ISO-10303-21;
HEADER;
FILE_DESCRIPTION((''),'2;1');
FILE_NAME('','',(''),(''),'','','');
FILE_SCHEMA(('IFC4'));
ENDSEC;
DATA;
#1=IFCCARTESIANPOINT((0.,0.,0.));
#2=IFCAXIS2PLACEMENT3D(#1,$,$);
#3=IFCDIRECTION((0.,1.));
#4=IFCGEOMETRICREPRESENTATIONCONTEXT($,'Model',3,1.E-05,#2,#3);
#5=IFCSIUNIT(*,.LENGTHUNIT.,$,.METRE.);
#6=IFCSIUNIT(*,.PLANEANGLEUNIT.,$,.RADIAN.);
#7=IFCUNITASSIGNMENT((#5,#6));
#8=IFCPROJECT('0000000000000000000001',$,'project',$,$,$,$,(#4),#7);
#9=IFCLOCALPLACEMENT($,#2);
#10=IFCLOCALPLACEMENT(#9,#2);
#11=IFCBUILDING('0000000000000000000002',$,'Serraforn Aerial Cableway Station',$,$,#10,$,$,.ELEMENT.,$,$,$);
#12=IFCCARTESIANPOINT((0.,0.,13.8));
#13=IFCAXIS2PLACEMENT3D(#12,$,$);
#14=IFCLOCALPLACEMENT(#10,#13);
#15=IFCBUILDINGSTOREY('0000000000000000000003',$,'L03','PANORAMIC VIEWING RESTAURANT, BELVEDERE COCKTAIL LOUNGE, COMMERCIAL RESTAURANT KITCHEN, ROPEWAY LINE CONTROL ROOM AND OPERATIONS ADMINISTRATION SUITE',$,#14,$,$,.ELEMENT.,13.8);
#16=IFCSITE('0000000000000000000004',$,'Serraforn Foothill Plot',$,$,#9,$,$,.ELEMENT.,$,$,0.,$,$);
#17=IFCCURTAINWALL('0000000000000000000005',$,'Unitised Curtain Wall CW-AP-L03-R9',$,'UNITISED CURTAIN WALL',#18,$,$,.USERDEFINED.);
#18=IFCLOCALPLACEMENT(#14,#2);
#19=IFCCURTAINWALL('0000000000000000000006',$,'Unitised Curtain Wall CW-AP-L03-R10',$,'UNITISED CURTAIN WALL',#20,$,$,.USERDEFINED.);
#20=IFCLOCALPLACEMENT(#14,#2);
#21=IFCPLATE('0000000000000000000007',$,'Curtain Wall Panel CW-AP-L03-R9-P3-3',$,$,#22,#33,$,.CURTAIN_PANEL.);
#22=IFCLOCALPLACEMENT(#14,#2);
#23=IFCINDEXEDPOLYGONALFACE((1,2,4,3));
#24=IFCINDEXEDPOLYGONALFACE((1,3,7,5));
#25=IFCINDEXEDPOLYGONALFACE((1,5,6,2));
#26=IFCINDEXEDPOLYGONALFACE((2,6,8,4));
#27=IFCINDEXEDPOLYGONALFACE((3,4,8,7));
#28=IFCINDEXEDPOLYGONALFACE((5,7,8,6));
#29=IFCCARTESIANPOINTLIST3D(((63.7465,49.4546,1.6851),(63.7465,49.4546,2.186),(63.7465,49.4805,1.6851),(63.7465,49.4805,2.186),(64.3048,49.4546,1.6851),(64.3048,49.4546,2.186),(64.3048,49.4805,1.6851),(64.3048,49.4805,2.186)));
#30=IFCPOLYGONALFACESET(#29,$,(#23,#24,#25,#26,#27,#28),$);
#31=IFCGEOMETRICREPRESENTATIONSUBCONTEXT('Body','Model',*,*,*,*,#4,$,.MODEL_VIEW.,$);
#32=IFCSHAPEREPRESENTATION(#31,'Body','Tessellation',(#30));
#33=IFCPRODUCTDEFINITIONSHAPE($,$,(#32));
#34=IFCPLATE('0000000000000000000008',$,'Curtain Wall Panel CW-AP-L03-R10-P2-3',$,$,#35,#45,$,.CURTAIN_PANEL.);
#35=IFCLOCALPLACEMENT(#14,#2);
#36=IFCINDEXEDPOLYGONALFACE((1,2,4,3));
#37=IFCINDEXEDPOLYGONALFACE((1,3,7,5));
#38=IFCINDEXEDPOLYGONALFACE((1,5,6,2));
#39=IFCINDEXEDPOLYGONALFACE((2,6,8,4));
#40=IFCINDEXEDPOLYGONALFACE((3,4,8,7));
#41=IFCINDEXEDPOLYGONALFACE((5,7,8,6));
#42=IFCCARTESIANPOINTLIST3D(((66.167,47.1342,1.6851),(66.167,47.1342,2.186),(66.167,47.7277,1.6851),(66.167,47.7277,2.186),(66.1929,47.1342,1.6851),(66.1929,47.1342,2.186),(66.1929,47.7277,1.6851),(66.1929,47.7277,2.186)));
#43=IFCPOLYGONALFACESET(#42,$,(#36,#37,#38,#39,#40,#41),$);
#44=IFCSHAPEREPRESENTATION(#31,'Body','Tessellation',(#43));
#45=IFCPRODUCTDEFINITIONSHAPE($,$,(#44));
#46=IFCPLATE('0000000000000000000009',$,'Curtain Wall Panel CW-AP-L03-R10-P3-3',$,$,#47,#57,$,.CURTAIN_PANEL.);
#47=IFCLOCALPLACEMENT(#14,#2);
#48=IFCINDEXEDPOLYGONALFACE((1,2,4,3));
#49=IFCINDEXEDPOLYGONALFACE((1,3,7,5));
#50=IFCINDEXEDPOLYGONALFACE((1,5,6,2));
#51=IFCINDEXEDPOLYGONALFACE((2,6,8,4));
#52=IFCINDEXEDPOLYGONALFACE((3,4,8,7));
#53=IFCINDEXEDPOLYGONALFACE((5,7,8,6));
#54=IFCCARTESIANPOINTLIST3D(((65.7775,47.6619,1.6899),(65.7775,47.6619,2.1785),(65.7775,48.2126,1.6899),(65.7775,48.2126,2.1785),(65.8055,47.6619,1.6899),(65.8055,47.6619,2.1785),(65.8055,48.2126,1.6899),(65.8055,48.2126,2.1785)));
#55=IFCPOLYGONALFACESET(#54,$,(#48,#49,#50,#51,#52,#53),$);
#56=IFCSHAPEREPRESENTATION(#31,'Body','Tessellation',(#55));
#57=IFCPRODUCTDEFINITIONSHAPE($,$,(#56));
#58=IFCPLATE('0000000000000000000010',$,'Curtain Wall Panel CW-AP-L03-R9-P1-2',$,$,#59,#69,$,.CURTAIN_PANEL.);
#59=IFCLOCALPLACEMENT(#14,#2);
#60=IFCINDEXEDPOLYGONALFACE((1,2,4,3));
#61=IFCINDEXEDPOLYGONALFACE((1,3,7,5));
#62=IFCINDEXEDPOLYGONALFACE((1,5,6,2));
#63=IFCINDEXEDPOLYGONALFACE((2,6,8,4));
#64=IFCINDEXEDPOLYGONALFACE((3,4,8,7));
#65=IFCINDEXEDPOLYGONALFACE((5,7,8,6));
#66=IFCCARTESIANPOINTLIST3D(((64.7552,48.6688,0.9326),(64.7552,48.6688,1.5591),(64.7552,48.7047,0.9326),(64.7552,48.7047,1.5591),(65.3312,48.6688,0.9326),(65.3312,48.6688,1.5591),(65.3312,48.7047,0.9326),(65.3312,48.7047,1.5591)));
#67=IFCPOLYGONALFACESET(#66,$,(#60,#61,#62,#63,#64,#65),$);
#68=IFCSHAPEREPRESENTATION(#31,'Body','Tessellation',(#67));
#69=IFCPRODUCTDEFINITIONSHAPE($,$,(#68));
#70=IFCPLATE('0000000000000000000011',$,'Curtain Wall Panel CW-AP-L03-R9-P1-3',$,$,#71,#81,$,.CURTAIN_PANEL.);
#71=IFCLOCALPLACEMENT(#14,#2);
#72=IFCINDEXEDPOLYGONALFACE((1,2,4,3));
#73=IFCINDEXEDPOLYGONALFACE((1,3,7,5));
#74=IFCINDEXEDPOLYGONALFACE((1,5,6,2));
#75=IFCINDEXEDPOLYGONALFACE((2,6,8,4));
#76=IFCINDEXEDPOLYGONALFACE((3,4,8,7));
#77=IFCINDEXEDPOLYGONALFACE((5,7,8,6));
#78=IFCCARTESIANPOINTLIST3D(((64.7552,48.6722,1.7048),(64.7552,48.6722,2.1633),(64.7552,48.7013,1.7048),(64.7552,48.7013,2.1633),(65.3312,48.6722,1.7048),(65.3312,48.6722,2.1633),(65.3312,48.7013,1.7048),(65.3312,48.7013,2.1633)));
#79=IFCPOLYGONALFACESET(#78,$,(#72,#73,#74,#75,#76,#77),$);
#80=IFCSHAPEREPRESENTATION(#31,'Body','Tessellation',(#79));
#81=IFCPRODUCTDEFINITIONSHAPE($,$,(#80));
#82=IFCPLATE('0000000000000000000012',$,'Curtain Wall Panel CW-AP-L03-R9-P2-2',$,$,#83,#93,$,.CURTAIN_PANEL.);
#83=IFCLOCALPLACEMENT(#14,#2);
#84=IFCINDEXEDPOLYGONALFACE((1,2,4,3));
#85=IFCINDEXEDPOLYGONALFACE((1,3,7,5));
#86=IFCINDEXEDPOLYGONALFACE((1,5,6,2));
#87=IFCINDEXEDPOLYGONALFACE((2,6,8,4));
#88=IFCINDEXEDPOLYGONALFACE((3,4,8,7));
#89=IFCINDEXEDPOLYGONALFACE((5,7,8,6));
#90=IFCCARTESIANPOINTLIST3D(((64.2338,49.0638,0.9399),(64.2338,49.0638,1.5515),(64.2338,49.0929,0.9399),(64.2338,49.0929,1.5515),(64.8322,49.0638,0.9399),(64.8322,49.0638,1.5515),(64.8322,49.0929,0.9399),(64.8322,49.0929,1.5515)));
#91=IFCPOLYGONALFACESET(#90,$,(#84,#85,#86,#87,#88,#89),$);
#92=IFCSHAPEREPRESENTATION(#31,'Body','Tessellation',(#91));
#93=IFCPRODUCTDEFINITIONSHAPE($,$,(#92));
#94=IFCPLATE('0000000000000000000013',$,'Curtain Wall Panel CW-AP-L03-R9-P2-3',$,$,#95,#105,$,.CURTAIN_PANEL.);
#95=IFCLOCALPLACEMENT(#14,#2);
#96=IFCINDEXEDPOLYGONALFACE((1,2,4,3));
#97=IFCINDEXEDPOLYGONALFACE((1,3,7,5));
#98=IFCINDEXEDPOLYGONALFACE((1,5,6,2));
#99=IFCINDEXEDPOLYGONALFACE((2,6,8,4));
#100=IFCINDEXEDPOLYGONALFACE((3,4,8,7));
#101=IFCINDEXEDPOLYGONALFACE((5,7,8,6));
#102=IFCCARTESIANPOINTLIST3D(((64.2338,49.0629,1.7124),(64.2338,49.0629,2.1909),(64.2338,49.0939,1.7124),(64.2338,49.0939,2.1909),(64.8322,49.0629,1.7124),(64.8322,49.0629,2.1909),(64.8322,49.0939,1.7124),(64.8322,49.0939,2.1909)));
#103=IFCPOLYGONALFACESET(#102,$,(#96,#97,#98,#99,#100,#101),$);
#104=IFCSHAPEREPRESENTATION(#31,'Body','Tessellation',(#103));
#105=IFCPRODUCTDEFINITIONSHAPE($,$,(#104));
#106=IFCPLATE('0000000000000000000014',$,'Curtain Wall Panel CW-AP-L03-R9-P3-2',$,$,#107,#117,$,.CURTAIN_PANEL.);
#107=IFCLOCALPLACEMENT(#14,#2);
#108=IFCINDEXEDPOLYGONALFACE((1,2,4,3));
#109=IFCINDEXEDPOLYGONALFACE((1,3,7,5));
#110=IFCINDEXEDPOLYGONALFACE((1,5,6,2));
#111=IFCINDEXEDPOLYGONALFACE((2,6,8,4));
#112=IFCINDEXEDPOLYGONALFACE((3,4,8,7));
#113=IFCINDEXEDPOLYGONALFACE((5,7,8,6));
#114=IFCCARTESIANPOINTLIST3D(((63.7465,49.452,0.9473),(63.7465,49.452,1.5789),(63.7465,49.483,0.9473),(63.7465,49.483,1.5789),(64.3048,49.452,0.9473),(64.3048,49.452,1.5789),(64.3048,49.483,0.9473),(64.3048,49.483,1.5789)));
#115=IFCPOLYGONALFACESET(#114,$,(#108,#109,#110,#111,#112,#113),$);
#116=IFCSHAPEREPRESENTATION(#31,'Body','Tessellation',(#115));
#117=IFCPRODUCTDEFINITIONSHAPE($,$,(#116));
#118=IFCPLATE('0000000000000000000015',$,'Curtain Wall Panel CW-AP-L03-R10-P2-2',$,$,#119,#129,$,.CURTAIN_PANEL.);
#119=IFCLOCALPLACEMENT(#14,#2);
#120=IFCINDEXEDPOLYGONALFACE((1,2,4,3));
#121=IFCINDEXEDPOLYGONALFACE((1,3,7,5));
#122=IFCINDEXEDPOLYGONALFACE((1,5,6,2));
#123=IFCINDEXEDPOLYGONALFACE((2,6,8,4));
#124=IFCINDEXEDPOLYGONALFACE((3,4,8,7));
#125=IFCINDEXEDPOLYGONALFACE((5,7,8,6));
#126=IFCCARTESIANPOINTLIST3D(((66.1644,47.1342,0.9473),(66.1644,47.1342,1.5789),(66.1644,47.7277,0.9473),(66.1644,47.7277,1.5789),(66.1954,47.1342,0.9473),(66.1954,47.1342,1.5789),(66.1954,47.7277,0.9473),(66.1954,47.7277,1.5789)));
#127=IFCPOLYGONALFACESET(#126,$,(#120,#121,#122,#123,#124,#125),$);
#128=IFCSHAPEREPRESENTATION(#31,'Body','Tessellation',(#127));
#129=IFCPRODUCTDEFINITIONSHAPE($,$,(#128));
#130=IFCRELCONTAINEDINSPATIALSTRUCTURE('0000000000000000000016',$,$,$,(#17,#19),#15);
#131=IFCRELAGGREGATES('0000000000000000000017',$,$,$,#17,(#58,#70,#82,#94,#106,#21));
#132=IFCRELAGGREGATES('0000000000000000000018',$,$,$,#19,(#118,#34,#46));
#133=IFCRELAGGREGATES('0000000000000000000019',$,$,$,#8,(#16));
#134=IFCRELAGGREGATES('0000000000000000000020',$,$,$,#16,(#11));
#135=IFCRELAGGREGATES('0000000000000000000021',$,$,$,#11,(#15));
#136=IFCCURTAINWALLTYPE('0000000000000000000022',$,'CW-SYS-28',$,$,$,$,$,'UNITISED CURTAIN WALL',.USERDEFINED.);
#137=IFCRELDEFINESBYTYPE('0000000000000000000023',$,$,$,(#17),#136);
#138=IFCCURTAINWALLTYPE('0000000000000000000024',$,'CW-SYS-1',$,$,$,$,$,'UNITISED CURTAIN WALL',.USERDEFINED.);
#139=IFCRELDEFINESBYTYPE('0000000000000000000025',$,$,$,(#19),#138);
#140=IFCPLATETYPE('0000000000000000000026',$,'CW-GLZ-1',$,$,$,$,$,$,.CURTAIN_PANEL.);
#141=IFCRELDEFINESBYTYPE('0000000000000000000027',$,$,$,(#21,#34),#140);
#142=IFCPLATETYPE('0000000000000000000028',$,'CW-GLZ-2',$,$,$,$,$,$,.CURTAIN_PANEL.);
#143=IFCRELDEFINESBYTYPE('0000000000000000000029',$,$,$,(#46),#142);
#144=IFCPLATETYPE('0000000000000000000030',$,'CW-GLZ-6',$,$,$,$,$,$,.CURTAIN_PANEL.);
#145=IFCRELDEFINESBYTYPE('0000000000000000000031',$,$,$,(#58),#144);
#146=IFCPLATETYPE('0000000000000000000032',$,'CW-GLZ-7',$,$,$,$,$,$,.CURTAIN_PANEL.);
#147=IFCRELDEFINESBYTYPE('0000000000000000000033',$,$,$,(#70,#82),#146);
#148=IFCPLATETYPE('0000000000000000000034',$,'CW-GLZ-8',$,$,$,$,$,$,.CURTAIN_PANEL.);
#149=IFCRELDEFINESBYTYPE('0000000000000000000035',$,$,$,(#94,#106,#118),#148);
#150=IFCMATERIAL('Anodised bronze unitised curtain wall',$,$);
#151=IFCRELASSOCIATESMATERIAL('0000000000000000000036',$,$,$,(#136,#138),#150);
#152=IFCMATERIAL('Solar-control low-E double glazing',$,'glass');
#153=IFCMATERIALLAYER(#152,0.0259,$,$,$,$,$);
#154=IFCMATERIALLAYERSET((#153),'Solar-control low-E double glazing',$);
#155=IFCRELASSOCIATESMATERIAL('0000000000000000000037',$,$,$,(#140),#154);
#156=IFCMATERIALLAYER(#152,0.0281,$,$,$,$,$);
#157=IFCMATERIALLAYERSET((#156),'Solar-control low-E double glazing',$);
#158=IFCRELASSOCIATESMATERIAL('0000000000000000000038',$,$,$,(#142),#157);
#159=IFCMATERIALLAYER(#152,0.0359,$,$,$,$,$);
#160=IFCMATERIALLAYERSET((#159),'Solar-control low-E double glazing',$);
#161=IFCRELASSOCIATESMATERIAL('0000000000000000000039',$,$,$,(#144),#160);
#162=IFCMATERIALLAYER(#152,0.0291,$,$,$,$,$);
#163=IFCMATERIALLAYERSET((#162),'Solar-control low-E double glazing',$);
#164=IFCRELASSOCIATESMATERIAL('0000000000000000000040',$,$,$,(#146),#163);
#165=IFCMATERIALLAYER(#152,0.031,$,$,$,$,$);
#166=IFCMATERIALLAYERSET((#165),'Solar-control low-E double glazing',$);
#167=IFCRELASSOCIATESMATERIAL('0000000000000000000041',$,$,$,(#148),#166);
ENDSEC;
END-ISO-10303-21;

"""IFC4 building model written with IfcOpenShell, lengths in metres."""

from ifc_helpers import new_model, si_unit, direction, frame, origin, origin_2d, place, context, subcontext, project, spatial, rectangle, extrude, material, layer, layer_set, type_object, element, aggregate, save


model = new_model("IFC4")

# Units and contexts
model_context = context("Model", 3, precision=1e-05, world=origin(), true_north=direction((0.0, 1.0)))
body_context = subcontext(model_context, "Body", "Model", "MODEL_VIEW")
ifc_project = project(units=[si_unit("LENGTHUNIT", "METRE"), si_unit("PLANEANGLEUNIT", "RADIAN")], contexts=[model_context])

# Site, building, storey
site_placement = place(None, origin())
site = spatial("IfcSite", under=ifc_project, at=site_placement, Name="Serraforn Foothill Plot", CompositionType="ELEMENT", RefElevation=0.0)
building_placement = place(site_placement, origin())
building = spatial("IfcBuilding", under=site, at=building_placement, Name="Serraforn Aerial Cableway Station", CompositionType="ELEMENT")
storey_placement = place(building_placement, frame((0.0, 0.0, 13.8)))
storey = spatial("IfcBuildingStorey", under=building, at=storey_placement, Name="L03", Description="PANORAMIC VIEWING RESTAURANT, BELVEDERE COCKTAIL LOUNGE, COMMERCIAL RESTAURANT KITCHEN, ROPEWAY LINE CONTROL ROOM AND OPERATIONS ADMINISTRATION SUITE", CompositionType="ELEMENT", Elevation=13.8)

# Curtain wall
ifc_material_1 = material(Name="Anodised bronze unitised curtain wall")
curtain_wall_type_1 = type_object("IfcCurtainWallType", Name="CW-SYS-28", ElementType="UNITISED CURTAIN WALL", PredefinedType="USERDEFINED", material=ifc_material_1)
curtain_wall_1_placement = place(storey_placement, origin())
curtain_wall_1 = element("IfcCurtainWall", 1, at=curtain_wall_1_placement, inside=storey, type_object=curtain_wall_type_1, Name="Unitised Curtain Wall CW-AP-L03-R9", ObjectType="UNITISED CURTAIN WALL", PredefinedType="USERDEFINED")

# Curtain wall
curtain_wall_type_2 = type_object("IfcCurtainWallType", Name="CW-SYS-1", ElementType="UNITISED CURTAIN WALL", PredefinedType="USERDEFINED", material=ifc_material_1)
curtain_wall_2_placement = place(storey_placement, origin())
curtain_wall_2 = element("IfcCurtainWall", 2, at=curtain_wall_2_placement, inside=storey, type_object=curtain_wall_type_2, Name="Unitised Curtain Wall CW-AP-L03-R10", ObjectType="UNITISED CURTAIN WALL", PredefinedType="USERDEFINED")

# Plates
ifc_material_2 = material(Name="Solar-control low-E double glazing", Category="glass")
ifc_layer_1 = layer(ifc_material_2, 0.0259)
ifc_layer_set_1 = layer_set([ifc_layer_1], Name="Solar-control low-E double glazing")
plate_type_1 = type_object("IfcPlateType", Name="CW-GLZ-1", PredefinedType="CURTAIN_PANEL", material=ifc_layer_set_1)
plate_1_placement = place(storey_placement, frame((64.0256, 49.4675, 1.6851), z_axis=(0.0, 0.0, 1.0), x_axis=(1.0, 0.0, 0.0)))
plate_1 = element("IfcPlate", 3, at=plate_1_placement, type_object=plate_type_1, Name="Curtain Wall Panel CW-AP-L03-R9-P3-3", PredefinedType="CURTAIN_PANEL", context=body_context, shape_type="SweptSolid", body=[
    extrude(rectangle(XDim=0.5583, YDim=0.0259, at=origin_2d()), origin(), (0.0, 0.0, 1.0), 0.501),
])
plate_2_placement = place(storey_placement, frame((66.1799, 47.4309, 1.6851), z_axis=(0.0, 0.0, 1.0), x_axis=(1.0, 0.0, 0.0)))
plate_2 = element("IfcPlate", 4, at=plate_2_placement, type_object=plate_type_1, Name="Curtain Wall Panel CW-AP-L03-R10-P2-3", PredefinedType="CURTAIN_PANEL", context=body_context, shape_type="SweptSolid", body=[
    extrude(rectangle(XDim=0.0259, YDim=0.5935, at=origin_2d()), origin(), (0.0, 0.0, 1.0), 0.501),
])
ifc_layer_2 = layer(ifc_material_2, 0.0281)
ifc_layer_set_2 = layer_set([ifc_layer_2], Name="Solar-control low-E double glazing")
plate_type_2 = type_object("IfcPlateType", Name="CW-GLZ-2", PredefinedType="CURTAIN_PANEL", material=ifc_layer_set_2)
plate_3_placement = place(storey_placement, frame((65.7915, 47.9373, 1.6899), z_axis=(0.0, 0.0, 1.0), x_axis=(1.0, 0.0, 0.0)))
plate_3 = element("IfcPlate", 5, at=plate_3_placement, type_object=plate_type_2, Name="Curtain Wall Panel CW-AP-L03-R10-P3-3", PredefinedType="CURTAIN_PANEL", context=body_context, shape_type="SweptSolid", body=[
    extrude(rectangle(XDim=0.0281, YDim=0.5508, at=origin_2d()), origin(), (0.0, 0.0, 1.0), 0.4885),
])
ifc_layer_3 = layer(ifc_material_2, 0.0359)
ifc_layer_set_3 = layer_set([ifc_layer_3], Name="Solar-control low-E double glazing")
plate_type_3 = type_object("IfcPlateType", Name="CW-GLZ-6", PredefinedType="CURTAIN_PANEL", material=ifc_layer_set_3)
plate_4_placement = place(storey_placement, frame((65.0432, 48.6868, 0.9326), z_axis=(0.0, 0.0, 1.0), x_axis=(1.0, 0.0, 0.0)))
plate_4 = element("IfcPlate", 6, at=plate_4_placement, type_object=plate_type_3, Name="Curtain Wall Panel CW-AP-L03-R9-P1-2", PredefinedType="CURTAIN_PANEL", context=body_context, shape_type="SweptSolid", body=[
    extrude(rectangle(XDim=0.5759, YDim=0.0359, at=origin_2d()), origin(), (0.0, 0.0, 1.0), 0.6265),
])
ifc_layer_4 = layer(ifc_material_2, 0.0291)
ifc_layer_set_4 = layer_set([ifc_layer_4], Name="Solar-control low-E double glazing")
plate_type_4 = type_object("IfcPlateType", Name="CW-GLZ-7", PredefinedType="CURTAIN_PANEL", material=ifc_layer_set_4)
plate_5_placement = place(storey_placement, frame((65.0432, 48.6868, 1.7048), z_axis=(0.0, 0.0, 1.0), x_axis=(1.0, 0.0, 0.0)))
plate_5 = element("IfcPlate", 7, at=plate_5_placement, type_object=plate_type_4, Name="Curtain Wall Panel CW-AP-L03-R9-P1-3", PredefinedType="CURTAIN_PANEL", context=body_context, shape_type="SweptSolid", body=[
    extrude(rectangle(XDim=0.5759, YDim=0.0291, at=origin_2d()), origin(), (0.0, 0.0, 1.0), 0.4585),
])
plate_6_placement = place(storey_placement, frame((64.533, 49.0784, 0.9399), z_axis=(0.0, 0.0, 1.0), x_axis=(1.0, 0.0, 0.0)))
plate_6 = element("IfcPlate", 8, at=plate_6_placement, type_object=plate_type_4, Name="Curtain Wall Panel CW-AP-L03-R9-P2-2", PredefinedType="CURTAIN_PANEL", context=body_context, shape_type="SweptSolid", body=[
    extrude(rectangle(XDim=0.5984, YDim=0.0291, at=origin_2d()), origin(), (0.0, 0.0, 1.0), 0.6116),
])
ifc_layer_5 = layer(ifc_material_2, 0.031)
ifc_layer_set_5 = layer_set([ifc_layer_5], Name="Solar-control low-E double glazing")
plate_type_5 = type_object("IfcPlateType", Name="CW-GLZ-8", PredefinedType="CURTAIN_PANEL", material=ifc_layer_set_5)
plate_7_placement = place(storey_placement, frame((64.533, 49.0784, 1.7124), z_axis=(0.0, 0.0, 1.0), x_axis=(1.0, 0.0, 0.0)))
plate_7 = element("IfcPlate", 9, at=plate_7_placement, type_object=plate_type_5, Name="Curtain Wall Panel CW-AP-L03-R9-P2-3", PredefinedType="CURTAIN_PANEL", context=body_context, shape_type="SweptSolid", body=[
    extrude(rectangle(XDim=0.5984, YDim=0.031, at=origin_2d()), origin(), (0.0, 0.0, 1.0), 0.4785),
])
plate_8_placement = place(storey_placement, frame((64.0256, 49.4675, 0.9473), z_axis=(0.0, 0.0, 1.0), x_axis=(1.0, 0.0, 0.0)))
plate_8 = element("IfcPlate", 10, at=plate_8_placement, type_object=plate_type_5, Name="Curtain Wall Panel CW-AP-L03-R9-P3-2", PredefinedType="CURTAIN_PANEL", context=body_context, shape_type="SweptSolid", body=[
    extrude(rectangle(XDim=0.5583, YDim=0.031, at=origin_2d()), origin(), (0.0, 0.0, 1.0), 0.6316),
])
aggregate(curtain_wall_1, [plate_4, plate_5, plate_6, plate_7, plate_8, plate_1])
plate_9_placement = place(storey_placement, frame((66.1799, 47.4309, 0.9473), z_axis=(0.0, 0.0, 1.0), x_axis=(1.0, 0.0, 0.0)))
plate_9 = element("IfcPlate", 11, at=plate_9_placement, type_object=plate_type_5, Name="Curtain Wall Panel CW-AP-L03-R10-P2-2", PredefinedType="CURTAIN_PANEL", context=body_context, shape_type="SweptSolid", body=[
    extrude(rectangle(XDim=0.031, YDim=0.5935, at=origin_2d()), origin(), (0.0, 0.0, 1.0), 0.6316),
])
aggregate(curtain_wall_2, [plate_9, plate_2, plate_3])

save(model, "model.ifc")
